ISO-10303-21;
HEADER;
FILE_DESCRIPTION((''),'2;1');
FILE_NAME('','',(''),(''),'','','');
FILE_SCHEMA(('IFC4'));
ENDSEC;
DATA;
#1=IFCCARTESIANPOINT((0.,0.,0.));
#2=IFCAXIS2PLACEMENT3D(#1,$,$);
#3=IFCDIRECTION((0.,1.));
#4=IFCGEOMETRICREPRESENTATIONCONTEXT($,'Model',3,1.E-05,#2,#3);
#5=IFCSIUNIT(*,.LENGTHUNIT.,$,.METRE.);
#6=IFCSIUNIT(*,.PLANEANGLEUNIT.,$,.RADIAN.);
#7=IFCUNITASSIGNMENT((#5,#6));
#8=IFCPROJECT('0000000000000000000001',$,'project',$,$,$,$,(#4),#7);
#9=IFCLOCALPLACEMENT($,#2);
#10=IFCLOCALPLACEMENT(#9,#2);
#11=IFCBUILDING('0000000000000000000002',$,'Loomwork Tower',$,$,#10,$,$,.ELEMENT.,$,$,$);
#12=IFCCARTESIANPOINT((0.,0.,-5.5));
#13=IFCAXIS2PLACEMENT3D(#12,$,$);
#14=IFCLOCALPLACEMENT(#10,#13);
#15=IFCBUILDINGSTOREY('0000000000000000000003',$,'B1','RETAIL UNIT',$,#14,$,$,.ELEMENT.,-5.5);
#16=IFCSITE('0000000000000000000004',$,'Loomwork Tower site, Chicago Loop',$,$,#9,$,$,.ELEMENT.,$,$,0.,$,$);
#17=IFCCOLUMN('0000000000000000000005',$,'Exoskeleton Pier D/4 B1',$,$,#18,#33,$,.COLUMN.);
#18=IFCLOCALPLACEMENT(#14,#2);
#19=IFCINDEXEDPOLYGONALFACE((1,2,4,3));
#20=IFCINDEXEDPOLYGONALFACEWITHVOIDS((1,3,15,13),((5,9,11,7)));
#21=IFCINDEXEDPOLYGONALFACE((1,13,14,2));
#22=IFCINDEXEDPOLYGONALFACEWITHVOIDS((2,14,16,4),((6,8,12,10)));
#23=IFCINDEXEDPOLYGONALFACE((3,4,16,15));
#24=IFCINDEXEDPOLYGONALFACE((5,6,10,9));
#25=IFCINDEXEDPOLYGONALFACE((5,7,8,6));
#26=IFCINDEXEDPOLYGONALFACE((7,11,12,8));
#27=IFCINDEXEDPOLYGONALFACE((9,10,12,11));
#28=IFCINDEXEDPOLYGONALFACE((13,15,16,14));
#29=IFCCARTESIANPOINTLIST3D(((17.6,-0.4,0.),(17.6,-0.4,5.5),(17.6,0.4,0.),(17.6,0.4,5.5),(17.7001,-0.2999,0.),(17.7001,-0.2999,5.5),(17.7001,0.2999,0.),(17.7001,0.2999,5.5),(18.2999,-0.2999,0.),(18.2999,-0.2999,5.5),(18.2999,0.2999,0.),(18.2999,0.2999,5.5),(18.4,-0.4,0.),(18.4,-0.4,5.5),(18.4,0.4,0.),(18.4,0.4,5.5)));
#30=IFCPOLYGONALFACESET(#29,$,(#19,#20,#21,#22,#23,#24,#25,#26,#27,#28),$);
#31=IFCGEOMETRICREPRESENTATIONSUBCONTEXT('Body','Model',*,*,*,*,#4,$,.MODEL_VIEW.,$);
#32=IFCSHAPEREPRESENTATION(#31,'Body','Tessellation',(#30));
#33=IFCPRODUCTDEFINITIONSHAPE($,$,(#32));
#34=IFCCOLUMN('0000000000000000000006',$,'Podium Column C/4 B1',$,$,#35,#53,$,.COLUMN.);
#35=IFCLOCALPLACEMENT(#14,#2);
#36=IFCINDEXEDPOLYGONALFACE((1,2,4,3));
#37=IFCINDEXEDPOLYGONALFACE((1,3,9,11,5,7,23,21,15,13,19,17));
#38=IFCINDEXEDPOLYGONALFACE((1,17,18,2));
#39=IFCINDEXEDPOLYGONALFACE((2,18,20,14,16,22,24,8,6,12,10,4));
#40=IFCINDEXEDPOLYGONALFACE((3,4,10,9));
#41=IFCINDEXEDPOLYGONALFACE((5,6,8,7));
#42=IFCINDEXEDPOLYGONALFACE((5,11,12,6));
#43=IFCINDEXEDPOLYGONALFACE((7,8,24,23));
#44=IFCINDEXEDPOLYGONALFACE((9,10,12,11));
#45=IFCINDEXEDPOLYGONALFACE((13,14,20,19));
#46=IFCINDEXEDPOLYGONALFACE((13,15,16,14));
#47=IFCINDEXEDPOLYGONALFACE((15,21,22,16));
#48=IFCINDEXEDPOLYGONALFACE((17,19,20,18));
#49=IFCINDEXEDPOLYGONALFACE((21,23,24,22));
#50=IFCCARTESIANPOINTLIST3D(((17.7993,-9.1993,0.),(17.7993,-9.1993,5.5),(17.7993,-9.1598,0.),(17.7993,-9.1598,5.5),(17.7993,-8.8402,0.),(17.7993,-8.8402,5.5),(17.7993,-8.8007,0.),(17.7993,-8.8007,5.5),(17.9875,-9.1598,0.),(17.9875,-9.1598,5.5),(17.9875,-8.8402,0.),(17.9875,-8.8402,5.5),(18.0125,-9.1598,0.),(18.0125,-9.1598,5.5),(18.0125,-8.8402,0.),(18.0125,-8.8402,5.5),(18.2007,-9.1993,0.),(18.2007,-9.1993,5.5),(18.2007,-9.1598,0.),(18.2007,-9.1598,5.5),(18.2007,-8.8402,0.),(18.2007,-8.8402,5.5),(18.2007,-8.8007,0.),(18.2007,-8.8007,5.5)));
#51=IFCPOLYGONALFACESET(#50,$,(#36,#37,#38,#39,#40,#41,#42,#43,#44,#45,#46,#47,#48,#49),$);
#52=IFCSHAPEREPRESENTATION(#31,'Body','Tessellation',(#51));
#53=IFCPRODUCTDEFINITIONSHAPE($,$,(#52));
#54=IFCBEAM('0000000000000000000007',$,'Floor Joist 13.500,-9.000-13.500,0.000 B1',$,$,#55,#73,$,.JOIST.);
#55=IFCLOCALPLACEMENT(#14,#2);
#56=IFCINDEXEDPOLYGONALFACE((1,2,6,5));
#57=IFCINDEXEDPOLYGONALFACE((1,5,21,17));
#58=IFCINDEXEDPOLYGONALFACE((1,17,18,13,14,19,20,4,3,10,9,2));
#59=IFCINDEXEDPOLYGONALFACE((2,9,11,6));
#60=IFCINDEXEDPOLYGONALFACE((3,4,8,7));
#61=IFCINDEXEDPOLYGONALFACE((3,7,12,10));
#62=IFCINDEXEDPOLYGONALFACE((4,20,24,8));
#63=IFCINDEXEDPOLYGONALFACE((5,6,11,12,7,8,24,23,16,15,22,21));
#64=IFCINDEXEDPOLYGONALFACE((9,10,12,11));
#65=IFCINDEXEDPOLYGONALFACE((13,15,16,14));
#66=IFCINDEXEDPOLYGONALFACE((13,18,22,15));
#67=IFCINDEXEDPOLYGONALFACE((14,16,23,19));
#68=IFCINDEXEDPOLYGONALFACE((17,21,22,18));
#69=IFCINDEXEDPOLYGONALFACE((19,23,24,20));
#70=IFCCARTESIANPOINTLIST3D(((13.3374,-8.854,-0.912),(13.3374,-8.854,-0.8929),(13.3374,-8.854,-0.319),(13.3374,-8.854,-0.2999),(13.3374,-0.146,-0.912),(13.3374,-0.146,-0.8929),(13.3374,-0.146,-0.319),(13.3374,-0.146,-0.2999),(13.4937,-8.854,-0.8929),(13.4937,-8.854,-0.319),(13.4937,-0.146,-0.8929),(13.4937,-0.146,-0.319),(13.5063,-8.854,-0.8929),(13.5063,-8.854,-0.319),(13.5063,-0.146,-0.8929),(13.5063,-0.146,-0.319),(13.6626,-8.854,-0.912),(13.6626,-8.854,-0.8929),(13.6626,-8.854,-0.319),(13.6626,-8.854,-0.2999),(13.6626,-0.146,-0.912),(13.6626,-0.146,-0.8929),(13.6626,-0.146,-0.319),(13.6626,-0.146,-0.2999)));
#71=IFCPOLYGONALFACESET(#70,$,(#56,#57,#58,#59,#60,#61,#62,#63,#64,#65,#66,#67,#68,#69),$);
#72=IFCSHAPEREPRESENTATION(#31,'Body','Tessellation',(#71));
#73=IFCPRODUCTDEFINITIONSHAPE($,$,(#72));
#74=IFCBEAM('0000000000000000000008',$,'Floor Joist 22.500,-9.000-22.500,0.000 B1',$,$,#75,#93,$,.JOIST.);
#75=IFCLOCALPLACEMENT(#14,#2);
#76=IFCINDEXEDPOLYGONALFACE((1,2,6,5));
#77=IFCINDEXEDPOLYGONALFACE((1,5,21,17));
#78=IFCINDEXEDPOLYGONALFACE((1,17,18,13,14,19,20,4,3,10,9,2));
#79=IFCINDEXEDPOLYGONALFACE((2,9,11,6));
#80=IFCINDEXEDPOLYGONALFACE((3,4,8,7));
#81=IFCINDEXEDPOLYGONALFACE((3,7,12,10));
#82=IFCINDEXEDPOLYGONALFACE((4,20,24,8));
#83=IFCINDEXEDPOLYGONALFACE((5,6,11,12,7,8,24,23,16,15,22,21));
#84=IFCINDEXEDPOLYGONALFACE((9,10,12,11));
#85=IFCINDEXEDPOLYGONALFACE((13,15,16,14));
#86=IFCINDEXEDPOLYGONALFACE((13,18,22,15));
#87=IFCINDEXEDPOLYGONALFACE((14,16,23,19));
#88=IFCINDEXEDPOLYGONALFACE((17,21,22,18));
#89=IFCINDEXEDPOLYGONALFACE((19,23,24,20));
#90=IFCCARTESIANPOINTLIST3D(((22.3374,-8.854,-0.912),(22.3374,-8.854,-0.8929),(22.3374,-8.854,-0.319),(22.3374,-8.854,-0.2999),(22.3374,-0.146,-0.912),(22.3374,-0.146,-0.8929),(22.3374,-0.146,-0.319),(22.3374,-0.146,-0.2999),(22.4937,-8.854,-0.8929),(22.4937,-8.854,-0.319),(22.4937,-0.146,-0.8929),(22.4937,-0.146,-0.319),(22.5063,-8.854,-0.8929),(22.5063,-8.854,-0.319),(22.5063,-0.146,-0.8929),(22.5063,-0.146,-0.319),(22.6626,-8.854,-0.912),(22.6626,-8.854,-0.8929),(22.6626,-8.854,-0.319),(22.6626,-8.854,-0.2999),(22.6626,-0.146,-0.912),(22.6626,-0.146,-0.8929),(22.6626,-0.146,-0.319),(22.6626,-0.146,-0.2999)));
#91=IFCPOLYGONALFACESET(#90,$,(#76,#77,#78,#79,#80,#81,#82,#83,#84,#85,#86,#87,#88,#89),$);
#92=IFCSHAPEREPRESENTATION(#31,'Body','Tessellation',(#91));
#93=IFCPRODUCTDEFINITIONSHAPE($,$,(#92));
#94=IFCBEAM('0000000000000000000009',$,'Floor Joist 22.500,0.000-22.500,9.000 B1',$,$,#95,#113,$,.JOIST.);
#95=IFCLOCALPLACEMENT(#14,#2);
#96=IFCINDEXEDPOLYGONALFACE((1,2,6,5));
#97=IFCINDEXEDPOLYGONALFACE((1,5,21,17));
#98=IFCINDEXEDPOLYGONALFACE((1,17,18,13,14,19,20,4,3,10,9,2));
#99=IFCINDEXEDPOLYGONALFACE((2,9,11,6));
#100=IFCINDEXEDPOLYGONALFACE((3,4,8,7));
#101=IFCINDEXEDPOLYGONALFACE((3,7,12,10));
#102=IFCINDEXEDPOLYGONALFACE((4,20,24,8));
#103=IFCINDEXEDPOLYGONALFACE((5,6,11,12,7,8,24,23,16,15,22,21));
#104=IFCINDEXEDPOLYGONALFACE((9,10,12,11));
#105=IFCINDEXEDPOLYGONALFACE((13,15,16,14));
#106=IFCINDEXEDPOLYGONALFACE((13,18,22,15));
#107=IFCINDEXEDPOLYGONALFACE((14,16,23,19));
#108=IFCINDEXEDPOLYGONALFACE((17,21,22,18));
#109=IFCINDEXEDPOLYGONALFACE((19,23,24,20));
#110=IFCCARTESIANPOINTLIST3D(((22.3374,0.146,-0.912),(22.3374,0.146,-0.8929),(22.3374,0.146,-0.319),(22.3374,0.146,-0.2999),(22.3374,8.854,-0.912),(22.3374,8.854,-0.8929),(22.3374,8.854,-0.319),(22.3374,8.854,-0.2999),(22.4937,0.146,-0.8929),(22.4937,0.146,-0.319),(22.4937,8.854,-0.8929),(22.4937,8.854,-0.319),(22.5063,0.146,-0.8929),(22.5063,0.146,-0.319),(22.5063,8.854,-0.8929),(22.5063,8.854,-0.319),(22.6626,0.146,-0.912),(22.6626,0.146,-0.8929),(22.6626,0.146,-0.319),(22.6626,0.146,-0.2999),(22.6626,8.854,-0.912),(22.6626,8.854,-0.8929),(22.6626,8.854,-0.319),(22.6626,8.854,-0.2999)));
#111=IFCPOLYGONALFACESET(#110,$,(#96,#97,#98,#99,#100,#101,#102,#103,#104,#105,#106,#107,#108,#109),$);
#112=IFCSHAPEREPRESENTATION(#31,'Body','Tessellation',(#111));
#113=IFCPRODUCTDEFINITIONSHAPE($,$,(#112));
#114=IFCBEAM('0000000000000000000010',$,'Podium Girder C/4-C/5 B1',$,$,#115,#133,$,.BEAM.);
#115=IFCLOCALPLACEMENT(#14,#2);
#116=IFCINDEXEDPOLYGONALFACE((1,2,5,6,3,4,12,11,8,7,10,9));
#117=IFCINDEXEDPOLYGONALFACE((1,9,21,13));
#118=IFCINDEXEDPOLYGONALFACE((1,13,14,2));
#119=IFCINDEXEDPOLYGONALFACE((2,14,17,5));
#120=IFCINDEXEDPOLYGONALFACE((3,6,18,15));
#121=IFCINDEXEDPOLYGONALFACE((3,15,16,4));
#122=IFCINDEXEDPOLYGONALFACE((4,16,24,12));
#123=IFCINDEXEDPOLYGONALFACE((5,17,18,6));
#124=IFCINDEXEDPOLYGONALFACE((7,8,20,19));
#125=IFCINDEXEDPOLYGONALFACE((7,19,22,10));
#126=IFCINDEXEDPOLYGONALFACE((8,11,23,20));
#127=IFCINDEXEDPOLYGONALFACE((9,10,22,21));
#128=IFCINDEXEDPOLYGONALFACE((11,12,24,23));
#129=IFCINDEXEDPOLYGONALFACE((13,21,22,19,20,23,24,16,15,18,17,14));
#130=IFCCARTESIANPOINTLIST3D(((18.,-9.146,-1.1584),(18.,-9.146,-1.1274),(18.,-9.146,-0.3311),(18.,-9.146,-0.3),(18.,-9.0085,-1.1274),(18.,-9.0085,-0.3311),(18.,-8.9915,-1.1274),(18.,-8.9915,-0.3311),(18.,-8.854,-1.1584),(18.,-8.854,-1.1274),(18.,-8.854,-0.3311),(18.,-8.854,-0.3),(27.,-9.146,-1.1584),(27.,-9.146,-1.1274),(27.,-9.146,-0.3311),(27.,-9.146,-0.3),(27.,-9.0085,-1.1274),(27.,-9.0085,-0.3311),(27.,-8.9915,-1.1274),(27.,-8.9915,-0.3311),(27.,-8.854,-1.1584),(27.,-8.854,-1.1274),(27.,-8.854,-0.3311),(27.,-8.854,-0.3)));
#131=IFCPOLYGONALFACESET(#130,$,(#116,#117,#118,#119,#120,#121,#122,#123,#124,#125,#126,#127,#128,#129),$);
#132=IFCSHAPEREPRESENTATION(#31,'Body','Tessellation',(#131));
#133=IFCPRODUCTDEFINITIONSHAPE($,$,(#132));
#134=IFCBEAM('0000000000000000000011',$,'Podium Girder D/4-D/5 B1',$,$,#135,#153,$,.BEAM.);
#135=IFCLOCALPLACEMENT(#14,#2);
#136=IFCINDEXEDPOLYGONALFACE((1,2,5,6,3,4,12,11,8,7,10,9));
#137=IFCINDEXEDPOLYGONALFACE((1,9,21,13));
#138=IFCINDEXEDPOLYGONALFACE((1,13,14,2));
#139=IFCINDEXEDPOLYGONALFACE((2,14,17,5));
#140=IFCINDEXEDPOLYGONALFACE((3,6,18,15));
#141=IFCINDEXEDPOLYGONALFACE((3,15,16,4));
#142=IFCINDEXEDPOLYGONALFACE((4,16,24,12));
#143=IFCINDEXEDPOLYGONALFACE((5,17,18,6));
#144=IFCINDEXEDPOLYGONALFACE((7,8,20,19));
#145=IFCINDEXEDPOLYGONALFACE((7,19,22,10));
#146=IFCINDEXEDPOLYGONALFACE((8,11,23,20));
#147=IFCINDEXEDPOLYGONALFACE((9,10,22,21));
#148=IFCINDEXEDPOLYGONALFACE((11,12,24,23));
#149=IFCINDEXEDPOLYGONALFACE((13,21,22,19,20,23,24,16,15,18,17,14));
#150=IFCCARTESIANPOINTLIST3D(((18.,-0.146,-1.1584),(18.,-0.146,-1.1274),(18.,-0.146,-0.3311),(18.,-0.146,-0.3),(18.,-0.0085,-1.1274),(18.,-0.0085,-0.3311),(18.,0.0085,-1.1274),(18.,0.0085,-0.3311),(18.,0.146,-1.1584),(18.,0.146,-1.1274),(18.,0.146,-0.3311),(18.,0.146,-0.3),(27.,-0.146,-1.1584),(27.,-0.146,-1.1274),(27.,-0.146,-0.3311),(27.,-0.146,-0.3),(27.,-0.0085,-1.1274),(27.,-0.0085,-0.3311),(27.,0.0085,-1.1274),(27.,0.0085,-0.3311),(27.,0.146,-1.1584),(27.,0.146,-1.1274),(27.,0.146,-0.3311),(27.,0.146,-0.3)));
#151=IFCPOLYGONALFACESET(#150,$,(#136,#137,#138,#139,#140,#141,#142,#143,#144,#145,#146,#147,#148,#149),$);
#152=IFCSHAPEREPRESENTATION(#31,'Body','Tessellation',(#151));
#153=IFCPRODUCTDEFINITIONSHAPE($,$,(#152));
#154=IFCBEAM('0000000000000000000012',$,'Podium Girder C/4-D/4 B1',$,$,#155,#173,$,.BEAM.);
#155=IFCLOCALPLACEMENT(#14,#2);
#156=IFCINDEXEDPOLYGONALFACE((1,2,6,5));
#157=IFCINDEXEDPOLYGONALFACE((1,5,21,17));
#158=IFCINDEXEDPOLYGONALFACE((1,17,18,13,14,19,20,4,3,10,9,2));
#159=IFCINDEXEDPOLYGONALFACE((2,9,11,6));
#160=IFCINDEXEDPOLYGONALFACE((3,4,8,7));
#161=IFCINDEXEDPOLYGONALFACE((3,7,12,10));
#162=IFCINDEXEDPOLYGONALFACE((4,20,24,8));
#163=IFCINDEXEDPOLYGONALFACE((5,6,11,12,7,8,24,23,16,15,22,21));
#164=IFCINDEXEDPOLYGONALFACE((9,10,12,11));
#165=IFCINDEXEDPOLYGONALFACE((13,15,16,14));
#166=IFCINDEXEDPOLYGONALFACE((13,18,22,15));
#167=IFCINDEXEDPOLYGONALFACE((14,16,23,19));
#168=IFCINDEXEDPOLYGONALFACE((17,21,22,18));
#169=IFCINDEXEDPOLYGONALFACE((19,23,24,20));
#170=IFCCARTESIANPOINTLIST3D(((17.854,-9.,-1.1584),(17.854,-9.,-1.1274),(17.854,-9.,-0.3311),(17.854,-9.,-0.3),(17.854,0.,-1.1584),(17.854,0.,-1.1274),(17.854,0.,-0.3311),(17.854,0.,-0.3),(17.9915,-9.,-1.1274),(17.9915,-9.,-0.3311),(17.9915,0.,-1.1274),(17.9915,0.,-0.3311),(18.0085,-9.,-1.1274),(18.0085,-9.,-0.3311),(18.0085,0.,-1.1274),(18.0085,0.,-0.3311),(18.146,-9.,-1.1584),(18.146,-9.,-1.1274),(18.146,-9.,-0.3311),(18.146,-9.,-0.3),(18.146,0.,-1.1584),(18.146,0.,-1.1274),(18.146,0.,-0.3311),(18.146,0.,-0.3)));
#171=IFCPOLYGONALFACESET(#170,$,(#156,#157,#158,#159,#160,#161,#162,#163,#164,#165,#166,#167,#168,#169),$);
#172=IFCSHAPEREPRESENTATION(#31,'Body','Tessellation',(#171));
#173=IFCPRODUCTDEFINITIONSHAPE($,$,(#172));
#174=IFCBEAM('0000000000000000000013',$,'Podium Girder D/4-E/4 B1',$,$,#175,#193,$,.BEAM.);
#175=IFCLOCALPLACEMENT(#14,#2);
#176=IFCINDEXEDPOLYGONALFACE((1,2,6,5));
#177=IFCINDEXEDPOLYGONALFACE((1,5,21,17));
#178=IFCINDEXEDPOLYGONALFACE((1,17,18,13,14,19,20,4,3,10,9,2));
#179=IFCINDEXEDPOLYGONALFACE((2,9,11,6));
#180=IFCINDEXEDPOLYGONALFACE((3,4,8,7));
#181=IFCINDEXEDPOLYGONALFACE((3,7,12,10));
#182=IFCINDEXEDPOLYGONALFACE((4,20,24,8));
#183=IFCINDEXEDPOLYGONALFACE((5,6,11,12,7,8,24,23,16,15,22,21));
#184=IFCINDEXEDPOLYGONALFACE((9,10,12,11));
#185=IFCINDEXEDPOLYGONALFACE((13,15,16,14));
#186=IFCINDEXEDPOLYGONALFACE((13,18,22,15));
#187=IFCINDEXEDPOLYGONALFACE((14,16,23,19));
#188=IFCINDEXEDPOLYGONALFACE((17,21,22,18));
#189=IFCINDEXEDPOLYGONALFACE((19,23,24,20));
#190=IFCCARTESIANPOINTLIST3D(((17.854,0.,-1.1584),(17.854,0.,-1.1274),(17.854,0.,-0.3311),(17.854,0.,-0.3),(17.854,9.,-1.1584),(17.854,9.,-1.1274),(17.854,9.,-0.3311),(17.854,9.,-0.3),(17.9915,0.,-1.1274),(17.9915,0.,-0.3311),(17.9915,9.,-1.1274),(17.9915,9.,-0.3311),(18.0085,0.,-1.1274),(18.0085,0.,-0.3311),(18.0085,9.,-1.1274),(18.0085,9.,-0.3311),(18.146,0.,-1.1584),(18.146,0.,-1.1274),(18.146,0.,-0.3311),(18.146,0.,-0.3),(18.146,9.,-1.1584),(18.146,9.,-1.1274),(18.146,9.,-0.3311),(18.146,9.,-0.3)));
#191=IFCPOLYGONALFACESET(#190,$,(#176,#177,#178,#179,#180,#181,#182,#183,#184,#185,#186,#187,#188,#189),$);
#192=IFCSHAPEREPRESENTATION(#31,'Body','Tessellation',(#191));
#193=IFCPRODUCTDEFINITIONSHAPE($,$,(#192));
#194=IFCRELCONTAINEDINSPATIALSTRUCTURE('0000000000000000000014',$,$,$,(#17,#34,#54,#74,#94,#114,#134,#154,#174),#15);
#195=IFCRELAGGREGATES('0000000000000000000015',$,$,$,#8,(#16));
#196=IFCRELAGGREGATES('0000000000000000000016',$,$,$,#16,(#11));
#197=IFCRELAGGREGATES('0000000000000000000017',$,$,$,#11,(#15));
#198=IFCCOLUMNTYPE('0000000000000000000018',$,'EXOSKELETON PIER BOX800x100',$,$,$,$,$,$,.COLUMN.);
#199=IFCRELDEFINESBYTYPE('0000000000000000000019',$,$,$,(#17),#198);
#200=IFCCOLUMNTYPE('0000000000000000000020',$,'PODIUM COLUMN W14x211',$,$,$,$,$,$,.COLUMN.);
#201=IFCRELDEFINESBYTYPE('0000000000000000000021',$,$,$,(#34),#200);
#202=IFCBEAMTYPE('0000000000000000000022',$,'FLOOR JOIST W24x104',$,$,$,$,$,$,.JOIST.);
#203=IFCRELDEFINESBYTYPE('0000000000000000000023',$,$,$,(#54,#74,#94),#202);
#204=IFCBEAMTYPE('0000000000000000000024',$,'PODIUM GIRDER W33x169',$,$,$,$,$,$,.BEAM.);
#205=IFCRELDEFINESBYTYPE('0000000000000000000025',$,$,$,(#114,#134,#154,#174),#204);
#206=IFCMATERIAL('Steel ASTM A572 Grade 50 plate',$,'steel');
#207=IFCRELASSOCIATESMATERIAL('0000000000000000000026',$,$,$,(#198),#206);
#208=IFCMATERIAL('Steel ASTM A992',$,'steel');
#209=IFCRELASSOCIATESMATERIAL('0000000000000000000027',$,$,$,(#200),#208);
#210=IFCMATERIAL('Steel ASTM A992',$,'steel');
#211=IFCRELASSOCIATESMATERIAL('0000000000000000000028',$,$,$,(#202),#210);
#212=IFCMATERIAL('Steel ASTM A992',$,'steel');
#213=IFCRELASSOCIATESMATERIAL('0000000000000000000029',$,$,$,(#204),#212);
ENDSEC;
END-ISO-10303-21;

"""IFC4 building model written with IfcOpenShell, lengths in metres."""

from ifc_helpers import new_model, si_unit, direction, frame, origin, origin_2d, place, context, subcontext, project, spatial, hollow_rectangle, i_section, extrude, material, material_profile, profile_set, type_object, element, save


model = new_model("IFC4")

# Units and contexts
model_context = context("Model", 3, precision=1e-05, world=origin(), true_north=direction((0.0, 1.0)))
body_context = subcontext(model_context, "Body", "Model", "MODEL_VIEW")
ifc_project = project(units=[si_unit("LENGTHUNIT", "METRE"), si_unit("PLANEANGLEUNIT", "RADIAN")], contexts=[model_context])

# Site, building, storey
site_placement = place(None, origin())
site = spatial("IfcSite", under=ifc_project, at=site_placement, Name="Loomwork Tower site, Chicago Loop", CompositionType="ELEMENT", RefElevation=0.0)
building_placement = place(site_placement, origin())
building = spatial("IfcBuilding", under=site, at=building_placement, Name="Loomwork Tower", CompositionType="ELEMENT")
storey_placement = place(building_placement, frame((0.0, 0.0, -5.5)))
storey = spatial("IfcBuildingStorey", under=building, at=storey_placement, Name="B1", Description="RETAIL UNIT", CompositionType="ELEMENT", Elevation=-5.5)

# Columns
ifc_material_1 = material(Name="Steel ASTM A572 Grade 50 plate", Category="steel")
ifc_material_profile_1 = material_profile(ifc_material_1, hollow_rectangle(XDim=0.8, YDim=0.8, WallThickness=0.1001, at=origin_2d()), Name="BOX800x100")
ifc_profile_set_1 = profile_set([ifc_material_profile_1], Name="Steel ASTM A572 Grade 50 plate")
column_type_1 = type_object("IfcColumnType", Name="EXOSKELETON PIER BOX800x100", PredefinedType="COLUMN", material=ifc_profile_set_1)
column_1_placement = place(storey_placement, frame((18.0, 0.0, 0.0), z_axis=(0.0, 0.0, 1.0), x_axis=(1.0, 0.0, 0.0)))
element("IfcColumn", 1, at=column_1_placement, inside=storey, type_object=column_type_1, Name="Exoskeleton Pier D/4 B1", PredefinedType="COLUMN", context=body_context, shape_type="SweptSolid", body=[
    extrude(hollow_rectangle(XDim=0.8, YDim=0.8, WallThickness=0.1001, at=origin_2d()), origin(), (0.0, 0.0, 1.0), 5.5),
])
ifc_material_2 = material(Name="Steel ASTM A992", Category="steel")
ifc_material_profile_2 = material_profile(ifc_material_2, i_section(OverallWidth=0.4014, OverallDepth=0.3987, WebThickness=0.0249, FlangeThickness=0.0396, at=origin_2d()), Name="W14x211")
ifc_profile_set_2 = profile_set([ifc_material_profile_2], Name="Steel ASTM A992")
column_type_2 = type_object("IfcColumnType", Name="PODIUM COLUMN W14x211", PredefinedType="COLUMN", material=ifc_profile_set_2)
column_2_placement = place(storey_placement, frame((18.0, -9.0, 0.0), z_axis=(0.0, 0.0, 1.0), x_axis=(1.0, 0.0, 0.0)))
element("IfcColumn", 2, at=column_2_placement, inside=storey, type_object=column_type_2, Name="Podium Column C/4 B1", PredefinedType="COLUMN", context=body_context, shape_type="SweptSolid", body=[
    extrude(i_section(OverallWidth=0.4014, OverallDepth=0.3987, WebThickness=0.0249, FlangeThickness=0.0396, at=origin_2d()), origin(), (0.0, 0.0, 1.0), 5.5),
])

# Beams
ifc_material_3 = material(Name="Steel ASTM A992", Category="steel")
ifc_material_profile_3 = material_profile(ifc_material_3, i_section(OverallWidth=0.3252, OverallDepth=0.6121, WebThickness=0.0127, FlangeThickness=0.019, at=origin_2d()), Name="W24x104")
ifc_profile_set_3 = profile_set([ifc_material_profile_3], Name="Steel ASTM A992")
beam_type_1 = type_object("IfcBeamType", Name="FLOOR JOIST W24x104", PredefinedType="JOIST", material=ifc_profile_set_3)
for number, where, z_axis, x_axis, name in (
    (3, (13.5, -8.854, -0.606), (0.0, 1.0, 0.0), (-1.0, 0.0, 0.0), "Floor Joist 13.500,-9.000-13.500,0.000 B1"),
    (4, (22.5, -8.854, -0.606), (0.0, 1.0, 0.0), (-1.0, 0.0, 0.0), "Floor Joist 22.500,-9.000-22.500,0.000 B1"),
    (5, (22.5, 0.146, -0.606), (0.0, 1.0, 0.0), (-1.0, 0.0, 0.0), "Floor Joist 22.500,0.000-22.500,9.000 B1"),
):
    element("IfcBeam", number, at=place(storey_placement, frame(where, z_axis=z_axis, x_axis=x_axis)), inside=storey, type_object=beam_type_1, Name=name, PredefinedType="JOIST", context=body_context, shape_type="SweptSolid", body=[
        extrude(i_section(OverallWidth=0.3252, OverallDepth=0.6121, WebThickness=0.0127, FlangeThickness=0.019, at=origin_2d()), origin(), (0.0, 0.0, 1.0), 8.708),
    ])
ifc_material_4 = material(Name="Steel ASTM A992", Category="steel")
ifc_material_profile_4 = material_profile(ifc_material_4, i_section(OverallWidth=0.292, OverallDepth=0.8584, WebThickness=0.0171, FlangeThickness=0.031, at=origin_2d()), Name="W33x169")
ifc_profile_set_4 = profile_set([ifc_material_profile_4], Name="Steel ASTM A992")
beam_type_2 = type_object("IfcBeamType", Name="PODIUM GIRDER W33x169", PredefinedType="BEAM", material=ifc_profile_set_4)
for number, where, z_axis, x_axis, name in (
    (6, (18.0, -9.0, -0.7292), (1.0, 0.0, 0.0), (0.0, 1.0, 0.0), "Podium Girder C/4-C/5 B1"),
    (7, (18.0, 0.0, -0.7292), (1.0, 0.0, 0.0), (0.0, 1.0, 0.0), "Podium Girder D/4-D/5 B1"),
    (8, (18.0, -9.0, -0.7292), (0.0, 1.0, 0.0), (-1.0, 0.0, 0.0), "Podium Girder C/4-D/4 B1"),
    (9, (18.0, 0.0, -0.7292), (0.0, 1.0, 0.0), (-1.0, 0.0, 0.0), "Podium Girder D/4-E/4 B1"),
):
    element("IfcBeam", number, at=place(storey_placement, frame(where, z_axis=z_axis, x_axis=x_axis)), inside=storey, type_object=beam_type_2, Name=name, PredefinedType="BEAM", context=body_context, shape_type="SweptSolid", body=[
        extrude(i_section(OverallWidth=0.292, OverallDepth=0.8584, WebThickness=0.0171, FlangeThickness=0.031, at=origin_2d()), origin(), (0.0, 0.0, 1.0), 9.0),
    ])

save(model, "model.ifc")
